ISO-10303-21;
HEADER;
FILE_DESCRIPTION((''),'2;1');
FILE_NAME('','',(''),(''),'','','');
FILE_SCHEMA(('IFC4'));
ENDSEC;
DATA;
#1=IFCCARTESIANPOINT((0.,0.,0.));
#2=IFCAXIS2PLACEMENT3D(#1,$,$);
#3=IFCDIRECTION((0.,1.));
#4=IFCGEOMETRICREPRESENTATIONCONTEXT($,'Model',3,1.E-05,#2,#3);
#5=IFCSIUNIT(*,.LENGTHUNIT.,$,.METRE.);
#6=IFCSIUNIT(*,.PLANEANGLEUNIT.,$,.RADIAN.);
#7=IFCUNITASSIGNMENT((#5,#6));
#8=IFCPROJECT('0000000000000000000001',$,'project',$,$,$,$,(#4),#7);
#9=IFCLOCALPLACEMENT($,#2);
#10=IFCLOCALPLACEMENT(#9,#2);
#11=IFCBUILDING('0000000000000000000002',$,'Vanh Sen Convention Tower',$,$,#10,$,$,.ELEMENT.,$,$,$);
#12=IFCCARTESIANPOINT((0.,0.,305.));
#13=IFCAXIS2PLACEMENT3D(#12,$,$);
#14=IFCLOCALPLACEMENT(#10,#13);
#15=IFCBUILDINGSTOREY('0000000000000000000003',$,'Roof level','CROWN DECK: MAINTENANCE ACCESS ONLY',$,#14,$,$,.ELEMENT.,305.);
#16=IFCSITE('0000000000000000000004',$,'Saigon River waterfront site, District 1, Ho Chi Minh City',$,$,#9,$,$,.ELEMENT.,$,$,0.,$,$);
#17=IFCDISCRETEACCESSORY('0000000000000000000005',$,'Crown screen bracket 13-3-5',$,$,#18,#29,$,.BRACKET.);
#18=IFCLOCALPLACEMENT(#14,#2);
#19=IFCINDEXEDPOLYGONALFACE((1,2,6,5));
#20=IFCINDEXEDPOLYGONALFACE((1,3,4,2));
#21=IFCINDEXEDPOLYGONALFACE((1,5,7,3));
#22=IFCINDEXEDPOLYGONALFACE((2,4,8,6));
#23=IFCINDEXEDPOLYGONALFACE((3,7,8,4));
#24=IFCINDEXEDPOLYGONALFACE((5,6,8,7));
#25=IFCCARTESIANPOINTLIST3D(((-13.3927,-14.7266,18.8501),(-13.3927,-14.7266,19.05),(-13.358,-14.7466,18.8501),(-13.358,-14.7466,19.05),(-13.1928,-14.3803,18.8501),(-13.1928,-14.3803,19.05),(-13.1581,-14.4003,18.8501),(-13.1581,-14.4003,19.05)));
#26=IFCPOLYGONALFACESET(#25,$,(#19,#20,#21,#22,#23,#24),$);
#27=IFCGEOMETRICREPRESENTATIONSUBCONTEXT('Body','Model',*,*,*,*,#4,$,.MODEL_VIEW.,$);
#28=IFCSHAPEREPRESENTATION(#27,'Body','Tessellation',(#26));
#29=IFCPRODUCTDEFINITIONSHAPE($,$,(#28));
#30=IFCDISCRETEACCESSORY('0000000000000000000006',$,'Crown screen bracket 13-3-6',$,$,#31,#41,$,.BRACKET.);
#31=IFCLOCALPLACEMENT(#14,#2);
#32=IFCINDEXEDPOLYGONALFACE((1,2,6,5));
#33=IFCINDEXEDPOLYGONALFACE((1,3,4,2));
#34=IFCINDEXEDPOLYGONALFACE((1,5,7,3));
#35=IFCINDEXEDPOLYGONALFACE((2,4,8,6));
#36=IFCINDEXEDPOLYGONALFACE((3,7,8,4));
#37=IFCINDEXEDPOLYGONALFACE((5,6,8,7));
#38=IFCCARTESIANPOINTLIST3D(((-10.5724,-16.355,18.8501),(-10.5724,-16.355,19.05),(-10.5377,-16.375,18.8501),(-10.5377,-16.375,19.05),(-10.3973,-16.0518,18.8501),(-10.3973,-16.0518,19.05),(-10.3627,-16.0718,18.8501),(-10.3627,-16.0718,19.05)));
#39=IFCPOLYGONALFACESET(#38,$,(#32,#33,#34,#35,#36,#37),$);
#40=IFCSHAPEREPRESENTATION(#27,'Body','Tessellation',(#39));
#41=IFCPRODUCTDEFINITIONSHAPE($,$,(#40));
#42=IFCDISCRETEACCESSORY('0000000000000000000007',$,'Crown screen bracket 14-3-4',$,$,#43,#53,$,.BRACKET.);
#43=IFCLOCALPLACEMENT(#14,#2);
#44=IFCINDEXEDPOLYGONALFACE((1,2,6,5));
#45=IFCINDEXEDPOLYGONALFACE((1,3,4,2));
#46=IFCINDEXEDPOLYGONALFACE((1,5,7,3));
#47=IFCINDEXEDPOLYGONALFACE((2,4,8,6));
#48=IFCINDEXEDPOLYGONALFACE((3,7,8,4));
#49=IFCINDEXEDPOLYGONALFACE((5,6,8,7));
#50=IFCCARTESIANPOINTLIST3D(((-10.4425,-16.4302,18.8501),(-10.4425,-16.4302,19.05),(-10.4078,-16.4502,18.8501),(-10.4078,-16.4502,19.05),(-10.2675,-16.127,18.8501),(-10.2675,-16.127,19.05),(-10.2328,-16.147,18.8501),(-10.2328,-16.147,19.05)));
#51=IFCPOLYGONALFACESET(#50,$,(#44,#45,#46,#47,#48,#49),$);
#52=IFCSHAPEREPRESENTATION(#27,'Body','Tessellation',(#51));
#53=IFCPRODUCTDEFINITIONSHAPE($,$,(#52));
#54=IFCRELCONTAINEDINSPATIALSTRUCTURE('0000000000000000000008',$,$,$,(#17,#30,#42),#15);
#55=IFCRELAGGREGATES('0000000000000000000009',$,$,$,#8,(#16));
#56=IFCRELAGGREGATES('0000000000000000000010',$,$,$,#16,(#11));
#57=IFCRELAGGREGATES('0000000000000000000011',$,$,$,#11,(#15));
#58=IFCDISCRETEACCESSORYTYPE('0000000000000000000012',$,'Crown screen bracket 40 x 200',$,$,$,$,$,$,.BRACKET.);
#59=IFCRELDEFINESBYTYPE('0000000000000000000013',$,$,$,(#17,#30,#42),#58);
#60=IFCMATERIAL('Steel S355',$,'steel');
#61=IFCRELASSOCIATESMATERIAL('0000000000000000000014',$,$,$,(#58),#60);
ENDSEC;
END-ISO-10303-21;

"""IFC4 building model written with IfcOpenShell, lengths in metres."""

from ifc_helpers import new_model, si_unit, direction, frame, origin, origin_2d, place, context, subcontext, project, spatial, rectangle, extrude, material, type_object, element, save


model = new_model("IFC4")

# Units and contexts
model_context = context("Model", 3, precision=1e-05, world=origin(), true_north=direction((0.0, 1.0)))
body_context = subcontext(model_context, "Body", "Model", "MODEL_VIEW")
ifc_project = project(units=[si_unit("LENGTHUNIT", "METRE"), si_unit("PLANEANGLEUNIT", "RADIAN")], contexts=[model_context])

# Site, building, storey
site_placement = place(None, origin())
site = spatial("IfcSite", under=ifc_project, at=site_placement, Name="Saigon River waterfront site, District 1, Ho Chi Minh City", CompositionType="ELEMENT", RefElevation=0.0)
building_placement = place(site_placement, origin())
building = spatial("IfcBuilding", under=site, at=building_placement, Name="Vanh Sen Convention Tower", CompositionType="ELEMENT")
storey_placement = place(building_placement, frame((0.0, 0.0, 305.0)))
storey = spatial("IfcBuildingStorey", under=building, at=storey_placement, Name="Roof level", Description="CROWN DECK: MAINTENANCE ACCESS ONLY", CompositionType="ELEMENT", Elevation=305.0)

# Discrete accessories
ifc_material_1 = material(Name="Steel S355", Category="steel")
discrete_accessory_type_1 = type_object("IfcDiscreteAccessoryType", Name="Crown screen bracket 40 x 200", PredefinedType="BRACKET", material=ifc_material_1)
discrete_accessory_placement = place(storey_placement, frame((-13.2754, -14.5635, 18.8501), z_axis=(0.0, 0.0, 1.0), x_axis=(-0.500005, -0.866023, 0.0)))
element("IfcDiscreteAccessory", 1, at=discrete_accessory_placement, inside=storey, type_object=discrete_accessory_type_1, Name="Crown screen bracket 13-3-5", PredefinedType="BRACKET", context=body_context, shape_type="SweptSolid", body=[
    extrude(rectangle(XDim=0.3999, YDim=0.04, at=origin_2d()), origin(), (0.0, 0.0, 1.0), 0.2),
])
for number, where, z_axis, x_axis, name in (
    (2, (-10.4675, -16.2134, 18.8501), (0.0, 0.0, 1.0), (-0.500005, -0.866023, 0.0), "Crown screen bracket 13-3-6"),
    (3, (-10.3376, -16.2886, 18.8501), (0.0, 0.0, 1.0), (-0.499994, -0.866029, 0.0), "Crown screen bracket 14-3-4"),
):
    element("IfcDiscreteAccessory", number, at=place(storey_placement, frame(where, z_axis=z_axis, x_axis=x_axis)), inside=storey, type_object=discrete_accessory_type_1, Name=name, PredefinedType="BRACKET", context=body_context, shape_type="SweptSolid", body=[
        extrude(rectangle(XDim=0.3501, YDim=0.04, at=origin_2d()), origin(), (0.0, 0.0, 1.0), 0.2),
    ])

save(model, "model.ifc")
